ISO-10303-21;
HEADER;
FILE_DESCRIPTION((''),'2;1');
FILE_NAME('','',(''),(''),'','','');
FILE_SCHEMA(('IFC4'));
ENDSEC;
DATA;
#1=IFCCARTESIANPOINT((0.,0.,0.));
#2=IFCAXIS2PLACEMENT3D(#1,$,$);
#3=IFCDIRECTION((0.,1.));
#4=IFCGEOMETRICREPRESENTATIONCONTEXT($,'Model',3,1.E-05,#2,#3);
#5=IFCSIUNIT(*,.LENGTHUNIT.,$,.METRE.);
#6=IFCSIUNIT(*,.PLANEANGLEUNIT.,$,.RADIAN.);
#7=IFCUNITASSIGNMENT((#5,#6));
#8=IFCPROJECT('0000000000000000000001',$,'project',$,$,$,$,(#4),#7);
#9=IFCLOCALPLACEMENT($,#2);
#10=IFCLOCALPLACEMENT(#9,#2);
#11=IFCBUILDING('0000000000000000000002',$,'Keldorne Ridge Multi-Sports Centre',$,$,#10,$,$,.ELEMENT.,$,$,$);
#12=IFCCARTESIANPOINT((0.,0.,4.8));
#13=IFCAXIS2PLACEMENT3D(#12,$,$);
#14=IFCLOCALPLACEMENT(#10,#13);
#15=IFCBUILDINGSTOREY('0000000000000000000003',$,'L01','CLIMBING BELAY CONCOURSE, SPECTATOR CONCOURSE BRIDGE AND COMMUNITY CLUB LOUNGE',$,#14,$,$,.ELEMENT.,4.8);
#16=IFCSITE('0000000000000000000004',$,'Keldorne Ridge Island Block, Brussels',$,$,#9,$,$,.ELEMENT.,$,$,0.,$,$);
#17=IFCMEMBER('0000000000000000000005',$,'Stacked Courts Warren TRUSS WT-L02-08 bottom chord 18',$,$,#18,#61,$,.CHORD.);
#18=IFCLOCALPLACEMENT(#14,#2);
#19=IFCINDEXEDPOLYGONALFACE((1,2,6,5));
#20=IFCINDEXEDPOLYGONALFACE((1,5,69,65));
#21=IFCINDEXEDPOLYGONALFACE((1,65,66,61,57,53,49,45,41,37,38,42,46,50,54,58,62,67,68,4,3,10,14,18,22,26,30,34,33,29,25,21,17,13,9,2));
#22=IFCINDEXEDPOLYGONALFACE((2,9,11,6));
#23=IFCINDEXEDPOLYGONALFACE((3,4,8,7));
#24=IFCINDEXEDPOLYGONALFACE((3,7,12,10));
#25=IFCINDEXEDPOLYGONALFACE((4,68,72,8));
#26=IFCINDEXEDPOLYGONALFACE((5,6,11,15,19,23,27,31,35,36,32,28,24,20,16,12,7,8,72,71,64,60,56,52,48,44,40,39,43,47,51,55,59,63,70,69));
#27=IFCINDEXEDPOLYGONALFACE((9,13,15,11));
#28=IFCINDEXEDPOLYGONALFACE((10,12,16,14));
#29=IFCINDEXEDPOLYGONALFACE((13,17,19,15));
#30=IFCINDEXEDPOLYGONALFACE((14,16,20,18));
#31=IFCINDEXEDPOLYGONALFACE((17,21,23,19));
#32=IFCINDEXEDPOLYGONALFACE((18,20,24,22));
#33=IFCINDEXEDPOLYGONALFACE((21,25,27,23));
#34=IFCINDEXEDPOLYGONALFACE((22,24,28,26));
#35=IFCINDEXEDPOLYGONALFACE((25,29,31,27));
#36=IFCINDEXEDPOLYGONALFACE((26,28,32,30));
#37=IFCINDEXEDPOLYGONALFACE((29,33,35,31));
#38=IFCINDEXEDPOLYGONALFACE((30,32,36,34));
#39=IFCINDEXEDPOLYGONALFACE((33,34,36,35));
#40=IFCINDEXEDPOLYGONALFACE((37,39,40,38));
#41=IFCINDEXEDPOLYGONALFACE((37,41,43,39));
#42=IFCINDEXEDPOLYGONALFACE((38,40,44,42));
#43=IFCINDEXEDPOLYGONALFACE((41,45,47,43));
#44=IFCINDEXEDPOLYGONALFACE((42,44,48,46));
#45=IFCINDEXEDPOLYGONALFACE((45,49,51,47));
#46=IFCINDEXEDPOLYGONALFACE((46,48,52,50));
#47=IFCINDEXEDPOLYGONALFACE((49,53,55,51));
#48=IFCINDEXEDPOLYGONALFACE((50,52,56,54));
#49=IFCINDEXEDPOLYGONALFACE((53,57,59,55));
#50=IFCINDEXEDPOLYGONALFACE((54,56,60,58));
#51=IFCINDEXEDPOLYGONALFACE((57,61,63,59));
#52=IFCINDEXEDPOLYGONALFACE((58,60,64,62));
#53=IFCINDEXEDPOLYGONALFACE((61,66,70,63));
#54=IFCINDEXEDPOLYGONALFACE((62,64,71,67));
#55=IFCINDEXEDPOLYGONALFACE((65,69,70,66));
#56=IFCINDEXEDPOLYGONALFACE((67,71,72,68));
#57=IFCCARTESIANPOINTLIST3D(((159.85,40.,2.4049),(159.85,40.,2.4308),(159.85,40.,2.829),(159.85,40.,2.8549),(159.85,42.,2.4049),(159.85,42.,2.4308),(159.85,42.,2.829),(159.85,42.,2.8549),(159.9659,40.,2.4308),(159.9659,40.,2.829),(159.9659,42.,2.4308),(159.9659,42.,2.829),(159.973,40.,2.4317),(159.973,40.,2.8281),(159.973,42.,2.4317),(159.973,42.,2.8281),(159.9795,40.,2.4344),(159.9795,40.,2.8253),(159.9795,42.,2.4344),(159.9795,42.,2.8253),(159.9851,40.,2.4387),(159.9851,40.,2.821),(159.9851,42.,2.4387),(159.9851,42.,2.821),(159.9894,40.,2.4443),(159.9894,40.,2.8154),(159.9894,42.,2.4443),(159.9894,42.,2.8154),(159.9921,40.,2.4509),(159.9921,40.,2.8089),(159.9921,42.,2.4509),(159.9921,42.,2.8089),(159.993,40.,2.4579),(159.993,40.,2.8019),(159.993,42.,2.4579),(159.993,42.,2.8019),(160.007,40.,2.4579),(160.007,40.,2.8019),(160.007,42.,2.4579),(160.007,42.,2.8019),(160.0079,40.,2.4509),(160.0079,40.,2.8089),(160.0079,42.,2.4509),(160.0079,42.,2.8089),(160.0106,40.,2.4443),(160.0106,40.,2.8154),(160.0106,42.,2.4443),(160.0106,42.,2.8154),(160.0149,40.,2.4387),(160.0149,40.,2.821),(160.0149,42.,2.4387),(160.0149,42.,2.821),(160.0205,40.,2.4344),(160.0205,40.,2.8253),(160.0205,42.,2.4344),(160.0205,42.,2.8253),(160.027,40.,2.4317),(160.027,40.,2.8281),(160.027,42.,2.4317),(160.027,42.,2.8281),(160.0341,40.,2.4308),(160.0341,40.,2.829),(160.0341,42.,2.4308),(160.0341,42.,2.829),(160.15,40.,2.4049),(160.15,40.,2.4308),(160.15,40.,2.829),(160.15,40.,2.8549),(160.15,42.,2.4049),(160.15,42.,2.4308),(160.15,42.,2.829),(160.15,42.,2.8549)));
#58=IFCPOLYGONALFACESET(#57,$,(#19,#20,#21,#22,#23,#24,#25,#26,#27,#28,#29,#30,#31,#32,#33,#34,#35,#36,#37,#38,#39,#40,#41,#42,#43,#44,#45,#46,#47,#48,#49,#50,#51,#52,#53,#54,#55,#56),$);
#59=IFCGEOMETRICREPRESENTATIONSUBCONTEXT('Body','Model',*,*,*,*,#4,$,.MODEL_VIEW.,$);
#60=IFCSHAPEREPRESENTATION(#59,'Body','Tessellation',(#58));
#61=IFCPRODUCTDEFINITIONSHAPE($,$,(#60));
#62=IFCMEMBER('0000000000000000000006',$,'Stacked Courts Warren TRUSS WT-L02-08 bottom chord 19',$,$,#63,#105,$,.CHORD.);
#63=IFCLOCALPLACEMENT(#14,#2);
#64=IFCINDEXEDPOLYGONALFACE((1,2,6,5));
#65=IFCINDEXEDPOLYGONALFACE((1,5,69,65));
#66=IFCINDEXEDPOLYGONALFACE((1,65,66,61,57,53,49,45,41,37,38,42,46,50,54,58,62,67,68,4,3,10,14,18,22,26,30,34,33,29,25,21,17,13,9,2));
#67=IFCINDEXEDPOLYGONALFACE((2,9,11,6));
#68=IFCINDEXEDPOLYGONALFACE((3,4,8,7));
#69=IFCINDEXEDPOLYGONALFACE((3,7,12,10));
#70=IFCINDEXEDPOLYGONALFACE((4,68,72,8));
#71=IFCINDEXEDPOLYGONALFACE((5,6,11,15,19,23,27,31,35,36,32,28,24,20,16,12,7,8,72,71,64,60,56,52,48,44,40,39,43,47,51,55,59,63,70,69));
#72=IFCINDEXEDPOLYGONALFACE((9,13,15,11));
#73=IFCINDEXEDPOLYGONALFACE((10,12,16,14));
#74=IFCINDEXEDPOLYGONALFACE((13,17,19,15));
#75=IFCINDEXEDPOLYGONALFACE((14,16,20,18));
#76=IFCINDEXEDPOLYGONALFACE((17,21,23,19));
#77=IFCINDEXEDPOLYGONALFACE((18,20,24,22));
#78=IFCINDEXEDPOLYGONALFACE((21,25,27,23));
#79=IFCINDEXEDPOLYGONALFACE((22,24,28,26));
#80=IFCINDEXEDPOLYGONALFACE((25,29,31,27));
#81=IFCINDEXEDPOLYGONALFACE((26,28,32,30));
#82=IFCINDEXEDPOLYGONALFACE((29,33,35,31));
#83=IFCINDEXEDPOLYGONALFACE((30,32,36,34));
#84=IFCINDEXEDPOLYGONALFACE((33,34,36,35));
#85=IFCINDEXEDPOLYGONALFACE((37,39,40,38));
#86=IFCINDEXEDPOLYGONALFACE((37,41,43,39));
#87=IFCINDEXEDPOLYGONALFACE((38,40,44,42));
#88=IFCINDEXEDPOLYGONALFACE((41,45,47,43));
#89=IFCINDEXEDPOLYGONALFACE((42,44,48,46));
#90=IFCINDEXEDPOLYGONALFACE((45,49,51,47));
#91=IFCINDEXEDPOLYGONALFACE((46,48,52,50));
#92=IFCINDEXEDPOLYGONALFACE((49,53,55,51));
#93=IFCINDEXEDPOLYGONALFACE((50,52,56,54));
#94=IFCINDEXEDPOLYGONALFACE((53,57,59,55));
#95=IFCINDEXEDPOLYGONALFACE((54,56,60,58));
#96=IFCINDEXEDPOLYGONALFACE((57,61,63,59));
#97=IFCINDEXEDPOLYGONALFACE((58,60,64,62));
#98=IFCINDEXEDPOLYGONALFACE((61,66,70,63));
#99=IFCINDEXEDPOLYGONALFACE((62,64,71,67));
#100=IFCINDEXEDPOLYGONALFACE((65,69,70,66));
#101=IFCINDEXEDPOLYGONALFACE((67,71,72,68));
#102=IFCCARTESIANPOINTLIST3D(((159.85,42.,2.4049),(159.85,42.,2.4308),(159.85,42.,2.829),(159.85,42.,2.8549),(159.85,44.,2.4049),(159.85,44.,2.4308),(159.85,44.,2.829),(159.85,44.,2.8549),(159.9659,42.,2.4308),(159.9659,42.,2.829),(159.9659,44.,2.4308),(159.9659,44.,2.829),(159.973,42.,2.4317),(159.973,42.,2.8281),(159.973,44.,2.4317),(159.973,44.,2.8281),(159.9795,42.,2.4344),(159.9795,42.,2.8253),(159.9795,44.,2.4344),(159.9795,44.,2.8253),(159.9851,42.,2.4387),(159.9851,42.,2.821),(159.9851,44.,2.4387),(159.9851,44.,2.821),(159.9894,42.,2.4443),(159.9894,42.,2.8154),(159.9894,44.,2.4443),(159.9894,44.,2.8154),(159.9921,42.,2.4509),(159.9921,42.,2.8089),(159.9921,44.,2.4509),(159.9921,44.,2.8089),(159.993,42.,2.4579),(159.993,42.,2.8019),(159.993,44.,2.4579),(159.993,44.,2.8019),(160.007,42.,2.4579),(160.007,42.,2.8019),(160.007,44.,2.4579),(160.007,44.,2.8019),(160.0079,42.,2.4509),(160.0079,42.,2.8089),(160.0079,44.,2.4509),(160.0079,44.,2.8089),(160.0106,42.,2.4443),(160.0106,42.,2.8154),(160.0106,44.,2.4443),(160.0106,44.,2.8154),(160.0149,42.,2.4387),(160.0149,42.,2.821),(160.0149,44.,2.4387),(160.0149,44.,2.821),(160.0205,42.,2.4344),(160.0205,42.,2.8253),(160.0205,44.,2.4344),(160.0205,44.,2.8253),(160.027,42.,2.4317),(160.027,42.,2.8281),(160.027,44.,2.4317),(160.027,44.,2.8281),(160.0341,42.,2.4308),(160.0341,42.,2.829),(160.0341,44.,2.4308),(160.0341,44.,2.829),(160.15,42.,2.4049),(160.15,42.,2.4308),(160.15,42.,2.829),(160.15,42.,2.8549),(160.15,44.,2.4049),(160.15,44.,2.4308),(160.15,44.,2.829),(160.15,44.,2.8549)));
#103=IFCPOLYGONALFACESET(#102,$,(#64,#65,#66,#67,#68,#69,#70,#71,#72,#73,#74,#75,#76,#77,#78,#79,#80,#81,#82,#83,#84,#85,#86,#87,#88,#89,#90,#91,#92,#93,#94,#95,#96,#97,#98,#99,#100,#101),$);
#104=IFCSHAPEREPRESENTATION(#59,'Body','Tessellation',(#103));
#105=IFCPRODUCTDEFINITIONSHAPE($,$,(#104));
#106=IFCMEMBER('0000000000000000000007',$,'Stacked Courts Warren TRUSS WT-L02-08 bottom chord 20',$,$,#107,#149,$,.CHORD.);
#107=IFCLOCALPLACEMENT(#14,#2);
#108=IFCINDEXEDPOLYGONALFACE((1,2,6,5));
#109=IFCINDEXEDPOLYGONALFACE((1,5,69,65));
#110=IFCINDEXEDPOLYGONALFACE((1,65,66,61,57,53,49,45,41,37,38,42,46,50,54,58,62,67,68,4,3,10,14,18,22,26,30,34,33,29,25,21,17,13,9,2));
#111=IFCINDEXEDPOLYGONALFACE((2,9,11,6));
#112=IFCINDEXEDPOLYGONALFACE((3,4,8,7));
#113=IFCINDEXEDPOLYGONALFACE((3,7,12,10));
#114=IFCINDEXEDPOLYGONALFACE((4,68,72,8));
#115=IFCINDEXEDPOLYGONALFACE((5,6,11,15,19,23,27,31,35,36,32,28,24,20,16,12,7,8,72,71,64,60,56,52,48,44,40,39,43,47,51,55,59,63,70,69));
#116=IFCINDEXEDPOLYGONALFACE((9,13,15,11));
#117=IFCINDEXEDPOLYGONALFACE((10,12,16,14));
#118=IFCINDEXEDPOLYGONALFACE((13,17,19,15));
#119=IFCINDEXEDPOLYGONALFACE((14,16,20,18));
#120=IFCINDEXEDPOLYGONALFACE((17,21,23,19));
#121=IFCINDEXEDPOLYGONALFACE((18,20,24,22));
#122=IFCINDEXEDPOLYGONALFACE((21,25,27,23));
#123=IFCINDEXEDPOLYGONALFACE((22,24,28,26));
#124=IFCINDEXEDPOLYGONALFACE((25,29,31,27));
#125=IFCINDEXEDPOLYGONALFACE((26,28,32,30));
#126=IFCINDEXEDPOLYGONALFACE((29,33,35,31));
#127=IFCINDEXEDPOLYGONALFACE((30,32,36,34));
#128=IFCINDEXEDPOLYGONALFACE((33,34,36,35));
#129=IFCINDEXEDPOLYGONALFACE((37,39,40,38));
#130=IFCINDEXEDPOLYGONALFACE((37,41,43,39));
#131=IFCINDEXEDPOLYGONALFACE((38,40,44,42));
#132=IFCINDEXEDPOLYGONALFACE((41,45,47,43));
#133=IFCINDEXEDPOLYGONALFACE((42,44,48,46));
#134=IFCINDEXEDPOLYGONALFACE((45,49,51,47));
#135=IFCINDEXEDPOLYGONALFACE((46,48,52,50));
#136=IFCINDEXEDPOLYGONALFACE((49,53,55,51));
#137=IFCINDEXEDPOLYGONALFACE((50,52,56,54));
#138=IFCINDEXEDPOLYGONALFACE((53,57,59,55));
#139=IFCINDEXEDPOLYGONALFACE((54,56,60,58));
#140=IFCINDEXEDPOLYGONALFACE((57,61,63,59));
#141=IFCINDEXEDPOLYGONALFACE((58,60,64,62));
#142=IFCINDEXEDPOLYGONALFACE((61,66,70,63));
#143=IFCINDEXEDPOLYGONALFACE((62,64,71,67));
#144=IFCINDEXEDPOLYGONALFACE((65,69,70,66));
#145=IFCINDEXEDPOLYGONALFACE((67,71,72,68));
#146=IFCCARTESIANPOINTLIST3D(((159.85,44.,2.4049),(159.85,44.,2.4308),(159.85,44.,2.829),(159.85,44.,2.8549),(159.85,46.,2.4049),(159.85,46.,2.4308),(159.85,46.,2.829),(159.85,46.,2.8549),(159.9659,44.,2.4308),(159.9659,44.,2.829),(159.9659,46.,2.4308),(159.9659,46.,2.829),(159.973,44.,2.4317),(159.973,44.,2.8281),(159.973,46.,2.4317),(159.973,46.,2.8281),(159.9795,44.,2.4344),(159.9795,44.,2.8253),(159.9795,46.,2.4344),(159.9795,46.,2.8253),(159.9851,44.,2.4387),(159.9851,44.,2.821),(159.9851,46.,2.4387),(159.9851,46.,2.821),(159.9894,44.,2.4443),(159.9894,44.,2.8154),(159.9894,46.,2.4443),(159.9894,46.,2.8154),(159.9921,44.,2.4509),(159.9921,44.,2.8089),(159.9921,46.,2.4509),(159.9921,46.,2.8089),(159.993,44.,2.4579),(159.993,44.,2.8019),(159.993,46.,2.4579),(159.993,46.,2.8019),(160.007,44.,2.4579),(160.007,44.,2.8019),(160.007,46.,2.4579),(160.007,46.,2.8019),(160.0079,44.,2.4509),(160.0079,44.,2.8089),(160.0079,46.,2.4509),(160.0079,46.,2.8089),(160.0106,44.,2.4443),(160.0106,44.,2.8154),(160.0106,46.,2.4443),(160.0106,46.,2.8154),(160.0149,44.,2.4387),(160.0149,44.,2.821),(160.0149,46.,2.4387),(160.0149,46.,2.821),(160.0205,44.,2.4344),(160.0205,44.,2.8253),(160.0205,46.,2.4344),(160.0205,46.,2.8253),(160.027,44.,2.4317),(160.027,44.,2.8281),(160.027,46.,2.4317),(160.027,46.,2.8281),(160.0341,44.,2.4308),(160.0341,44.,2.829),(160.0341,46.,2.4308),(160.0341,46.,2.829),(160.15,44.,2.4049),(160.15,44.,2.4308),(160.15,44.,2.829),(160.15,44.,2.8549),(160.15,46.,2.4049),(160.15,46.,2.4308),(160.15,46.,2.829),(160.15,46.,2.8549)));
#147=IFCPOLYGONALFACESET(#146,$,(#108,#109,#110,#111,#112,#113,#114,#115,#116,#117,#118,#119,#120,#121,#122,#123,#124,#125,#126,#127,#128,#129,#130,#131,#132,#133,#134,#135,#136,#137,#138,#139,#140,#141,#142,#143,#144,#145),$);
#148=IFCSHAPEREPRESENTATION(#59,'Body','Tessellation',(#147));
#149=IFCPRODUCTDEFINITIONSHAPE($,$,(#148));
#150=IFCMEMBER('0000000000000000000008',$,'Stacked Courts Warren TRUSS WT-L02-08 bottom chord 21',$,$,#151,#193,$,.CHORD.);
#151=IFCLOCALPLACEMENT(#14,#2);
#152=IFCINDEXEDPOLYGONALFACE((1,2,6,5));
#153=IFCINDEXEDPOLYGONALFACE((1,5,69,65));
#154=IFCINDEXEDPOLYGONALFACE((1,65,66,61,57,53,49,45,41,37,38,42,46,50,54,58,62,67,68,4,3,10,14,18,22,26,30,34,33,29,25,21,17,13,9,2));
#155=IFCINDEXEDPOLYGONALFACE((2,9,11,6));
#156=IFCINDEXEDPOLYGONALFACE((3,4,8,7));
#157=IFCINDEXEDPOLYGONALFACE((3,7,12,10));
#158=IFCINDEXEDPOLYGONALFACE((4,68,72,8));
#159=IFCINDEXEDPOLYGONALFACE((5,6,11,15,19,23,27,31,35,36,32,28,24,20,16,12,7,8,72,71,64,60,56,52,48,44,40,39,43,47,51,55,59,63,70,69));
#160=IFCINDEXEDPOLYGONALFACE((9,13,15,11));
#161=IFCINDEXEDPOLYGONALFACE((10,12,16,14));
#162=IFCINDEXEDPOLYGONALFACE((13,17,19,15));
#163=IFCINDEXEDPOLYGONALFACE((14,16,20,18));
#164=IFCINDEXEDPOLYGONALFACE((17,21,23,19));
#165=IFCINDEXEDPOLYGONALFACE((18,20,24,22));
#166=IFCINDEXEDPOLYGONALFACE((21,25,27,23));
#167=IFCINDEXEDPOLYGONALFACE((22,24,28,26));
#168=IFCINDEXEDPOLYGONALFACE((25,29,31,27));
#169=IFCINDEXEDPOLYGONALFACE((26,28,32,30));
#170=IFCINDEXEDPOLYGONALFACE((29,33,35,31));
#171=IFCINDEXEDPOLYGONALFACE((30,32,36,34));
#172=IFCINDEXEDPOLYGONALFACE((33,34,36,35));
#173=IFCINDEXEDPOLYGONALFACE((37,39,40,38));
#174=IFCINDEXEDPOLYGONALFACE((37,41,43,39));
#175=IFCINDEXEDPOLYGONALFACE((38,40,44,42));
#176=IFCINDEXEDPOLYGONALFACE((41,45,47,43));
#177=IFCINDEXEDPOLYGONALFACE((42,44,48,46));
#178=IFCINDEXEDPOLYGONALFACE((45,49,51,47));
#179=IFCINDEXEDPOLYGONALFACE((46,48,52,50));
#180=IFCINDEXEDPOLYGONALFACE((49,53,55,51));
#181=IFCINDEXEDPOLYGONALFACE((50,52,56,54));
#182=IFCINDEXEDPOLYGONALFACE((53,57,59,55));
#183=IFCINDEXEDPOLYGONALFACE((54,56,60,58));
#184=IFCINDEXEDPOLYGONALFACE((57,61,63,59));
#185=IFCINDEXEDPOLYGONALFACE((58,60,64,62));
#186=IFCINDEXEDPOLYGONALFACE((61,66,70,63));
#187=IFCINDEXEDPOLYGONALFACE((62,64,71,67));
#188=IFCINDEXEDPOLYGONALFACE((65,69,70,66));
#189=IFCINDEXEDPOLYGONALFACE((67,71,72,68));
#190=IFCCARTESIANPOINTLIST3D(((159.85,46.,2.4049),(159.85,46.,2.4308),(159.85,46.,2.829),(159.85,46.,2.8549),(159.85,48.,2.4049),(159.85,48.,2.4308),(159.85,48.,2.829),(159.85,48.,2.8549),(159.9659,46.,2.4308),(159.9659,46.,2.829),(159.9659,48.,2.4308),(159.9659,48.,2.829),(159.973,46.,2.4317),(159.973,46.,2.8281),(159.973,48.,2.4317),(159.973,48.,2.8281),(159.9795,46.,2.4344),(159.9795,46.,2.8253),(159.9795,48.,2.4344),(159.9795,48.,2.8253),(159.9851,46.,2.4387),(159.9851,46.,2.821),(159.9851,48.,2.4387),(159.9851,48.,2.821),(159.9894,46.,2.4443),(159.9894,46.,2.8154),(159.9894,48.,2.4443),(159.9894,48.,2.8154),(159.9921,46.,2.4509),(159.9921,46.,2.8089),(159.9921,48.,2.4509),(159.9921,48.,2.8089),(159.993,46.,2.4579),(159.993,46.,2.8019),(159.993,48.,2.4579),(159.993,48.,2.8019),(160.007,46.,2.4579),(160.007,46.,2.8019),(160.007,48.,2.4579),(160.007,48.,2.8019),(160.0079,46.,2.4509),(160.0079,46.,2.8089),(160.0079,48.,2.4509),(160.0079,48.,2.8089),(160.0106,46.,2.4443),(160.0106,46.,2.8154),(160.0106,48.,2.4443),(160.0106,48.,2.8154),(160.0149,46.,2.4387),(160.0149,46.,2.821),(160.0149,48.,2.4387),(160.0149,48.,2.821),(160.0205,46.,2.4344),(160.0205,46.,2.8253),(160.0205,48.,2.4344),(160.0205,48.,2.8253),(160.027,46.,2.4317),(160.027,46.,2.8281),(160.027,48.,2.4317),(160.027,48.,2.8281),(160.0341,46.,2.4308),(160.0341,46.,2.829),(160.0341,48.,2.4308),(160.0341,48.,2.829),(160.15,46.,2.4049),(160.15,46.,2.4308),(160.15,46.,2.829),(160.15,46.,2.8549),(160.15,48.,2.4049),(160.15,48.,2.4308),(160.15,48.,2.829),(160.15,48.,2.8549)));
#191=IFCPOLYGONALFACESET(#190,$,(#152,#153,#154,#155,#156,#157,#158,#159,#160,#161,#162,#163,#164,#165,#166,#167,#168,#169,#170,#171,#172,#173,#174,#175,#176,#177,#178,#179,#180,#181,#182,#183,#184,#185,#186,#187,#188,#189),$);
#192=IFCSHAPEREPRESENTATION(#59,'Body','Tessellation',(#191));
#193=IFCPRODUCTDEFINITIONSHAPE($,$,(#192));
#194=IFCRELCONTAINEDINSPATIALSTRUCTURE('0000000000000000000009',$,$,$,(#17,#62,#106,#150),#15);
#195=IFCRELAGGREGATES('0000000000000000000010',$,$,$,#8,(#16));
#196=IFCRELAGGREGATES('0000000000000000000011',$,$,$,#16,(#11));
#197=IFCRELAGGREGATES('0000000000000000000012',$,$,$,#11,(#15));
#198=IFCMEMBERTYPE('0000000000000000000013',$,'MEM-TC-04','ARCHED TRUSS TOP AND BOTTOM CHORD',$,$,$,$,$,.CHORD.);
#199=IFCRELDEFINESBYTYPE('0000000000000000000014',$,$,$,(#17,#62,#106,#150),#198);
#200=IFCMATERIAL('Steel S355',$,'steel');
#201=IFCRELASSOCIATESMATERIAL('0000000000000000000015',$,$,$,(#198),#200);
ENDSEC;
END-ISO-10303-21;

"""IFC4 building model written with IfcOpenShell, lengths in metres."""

from ifc_helpers import new_model, si_unit, direction, frame, origin, origin_2d, place, context, subcontext, project, spatial, i_section, extrude, material, material_profile, profile_set, type_object, element, save


model = new_model("IFC4")

# Units and contexts
model_context = context("Model", 3, precision=1e-05, world=origin(), true_north=direction((0.0, 1.0)))
body_context = subcontext(model_context, "Body", "Model", "MODEL_VIEW")
ifc_project = project(units=[si_unit("LENGTHUNIT", "METRE"), si_unit("PLANEANGLEUNIT", "RADIAN")], contexts=[model_context])

# Site, building, storey
site_placement = place(None, origin())
site = spatial("IfcSite", under=ifc_project, at=site_placement, Name="Keldorne Ridge Island Block, Brussels", CompositionType="ELEMENT", RefElevation=0.0)
building_placement = place(site_placement, origin())
building = spatial("IfcBuilding", under=site, at=building_placement, Name="Keldorne Ridge Multi-Sports Centre", CompositionType="ELEMENT")
storey_placement = place(building_placement, frame((0.0, 0.0, 4.8)))
storey = spatial("IfcBuildingStorey", under=building, at=storey_placement, Name="L01", Description="CLIMBING BELAY CONCOURSE, SPECTATOR CONCOURSE BRIDGE AND COMMUNITY CLUB LOUNGE", CompositionType="ELEMENT", Elevation=4.8)

# Shared definitions
ifc_material = material(Name="Steel S355", Category="steel")

# Members
ifc_material_profile_1 = material_profile(ifc_material, i_section(OverallWidth=0.3, OverallDepth=0.45, WebThickness=0.0139, FlangeThickness=0.0259, FilletRadius=0.0271, at=origin_2d()), Name="HEB 450")
ifc_profile_set_1 = profile_set([ifc_material_profile_1], Name="Steel S355")
member_type_1 = type_object("IfcMemberType", Name="MEM-TC-04", Description="ARCHED TRUSS TOP AND BOTTOM CHORD", PredefinedType="CHORD", material=ifc_profile_set_1)
for number, where, z_axis, x_axis, name in (
    (1, (160.0, 40.0, 2.6299), (0.0, 1.0, 0.0), (-1.0, 0.0, 0.0), "Stacked Courts Warren TRUSS WT-L02-08 bottom chord 18"),
    (2, (160.0, 42.0, 2.6299), (0.0, 1.0, 0.0), (-1.0, 0.0, 0.0), "Stacked Courts Warren TRUSS WT-L02-08 bottom chord 19"),
    (3, (160.0, 44.0, 2.6299), (0.0, 1.0, 0.0), (-1.0, 0.0, 0.0), "Stacked Courts Warren TRUSS WT-L02-08 bottom chord 20"),
    (4, (160.0, 46.0, 2.6299), (0.0, 1.0, 0.0), (-1.0, 0.0, 0.0), "Stacked Courts Warren TRUSS WT-L02-08 bottom chord 21"),
):
    element("IfcMember", number, at=place(storey_placement, frame(where, z_axis=z_axis, x_axis=x_axis)), inside=storey, type_object=member_type_1, Name=name, PredefinedType="CHORD", context=body_context, shape_type="SweptSolid", body=[
        extrude(i_section(OverallWidth=0.3, OverallDepth=0.45, WebThickness=0.0139, FlangeThickness=0.0259, FilletRadius=0.0271, at=origin_2d()), origin(), (0.0, 0.0, 1.0), 2.0),
    ])

save(model, "model.ifc")
